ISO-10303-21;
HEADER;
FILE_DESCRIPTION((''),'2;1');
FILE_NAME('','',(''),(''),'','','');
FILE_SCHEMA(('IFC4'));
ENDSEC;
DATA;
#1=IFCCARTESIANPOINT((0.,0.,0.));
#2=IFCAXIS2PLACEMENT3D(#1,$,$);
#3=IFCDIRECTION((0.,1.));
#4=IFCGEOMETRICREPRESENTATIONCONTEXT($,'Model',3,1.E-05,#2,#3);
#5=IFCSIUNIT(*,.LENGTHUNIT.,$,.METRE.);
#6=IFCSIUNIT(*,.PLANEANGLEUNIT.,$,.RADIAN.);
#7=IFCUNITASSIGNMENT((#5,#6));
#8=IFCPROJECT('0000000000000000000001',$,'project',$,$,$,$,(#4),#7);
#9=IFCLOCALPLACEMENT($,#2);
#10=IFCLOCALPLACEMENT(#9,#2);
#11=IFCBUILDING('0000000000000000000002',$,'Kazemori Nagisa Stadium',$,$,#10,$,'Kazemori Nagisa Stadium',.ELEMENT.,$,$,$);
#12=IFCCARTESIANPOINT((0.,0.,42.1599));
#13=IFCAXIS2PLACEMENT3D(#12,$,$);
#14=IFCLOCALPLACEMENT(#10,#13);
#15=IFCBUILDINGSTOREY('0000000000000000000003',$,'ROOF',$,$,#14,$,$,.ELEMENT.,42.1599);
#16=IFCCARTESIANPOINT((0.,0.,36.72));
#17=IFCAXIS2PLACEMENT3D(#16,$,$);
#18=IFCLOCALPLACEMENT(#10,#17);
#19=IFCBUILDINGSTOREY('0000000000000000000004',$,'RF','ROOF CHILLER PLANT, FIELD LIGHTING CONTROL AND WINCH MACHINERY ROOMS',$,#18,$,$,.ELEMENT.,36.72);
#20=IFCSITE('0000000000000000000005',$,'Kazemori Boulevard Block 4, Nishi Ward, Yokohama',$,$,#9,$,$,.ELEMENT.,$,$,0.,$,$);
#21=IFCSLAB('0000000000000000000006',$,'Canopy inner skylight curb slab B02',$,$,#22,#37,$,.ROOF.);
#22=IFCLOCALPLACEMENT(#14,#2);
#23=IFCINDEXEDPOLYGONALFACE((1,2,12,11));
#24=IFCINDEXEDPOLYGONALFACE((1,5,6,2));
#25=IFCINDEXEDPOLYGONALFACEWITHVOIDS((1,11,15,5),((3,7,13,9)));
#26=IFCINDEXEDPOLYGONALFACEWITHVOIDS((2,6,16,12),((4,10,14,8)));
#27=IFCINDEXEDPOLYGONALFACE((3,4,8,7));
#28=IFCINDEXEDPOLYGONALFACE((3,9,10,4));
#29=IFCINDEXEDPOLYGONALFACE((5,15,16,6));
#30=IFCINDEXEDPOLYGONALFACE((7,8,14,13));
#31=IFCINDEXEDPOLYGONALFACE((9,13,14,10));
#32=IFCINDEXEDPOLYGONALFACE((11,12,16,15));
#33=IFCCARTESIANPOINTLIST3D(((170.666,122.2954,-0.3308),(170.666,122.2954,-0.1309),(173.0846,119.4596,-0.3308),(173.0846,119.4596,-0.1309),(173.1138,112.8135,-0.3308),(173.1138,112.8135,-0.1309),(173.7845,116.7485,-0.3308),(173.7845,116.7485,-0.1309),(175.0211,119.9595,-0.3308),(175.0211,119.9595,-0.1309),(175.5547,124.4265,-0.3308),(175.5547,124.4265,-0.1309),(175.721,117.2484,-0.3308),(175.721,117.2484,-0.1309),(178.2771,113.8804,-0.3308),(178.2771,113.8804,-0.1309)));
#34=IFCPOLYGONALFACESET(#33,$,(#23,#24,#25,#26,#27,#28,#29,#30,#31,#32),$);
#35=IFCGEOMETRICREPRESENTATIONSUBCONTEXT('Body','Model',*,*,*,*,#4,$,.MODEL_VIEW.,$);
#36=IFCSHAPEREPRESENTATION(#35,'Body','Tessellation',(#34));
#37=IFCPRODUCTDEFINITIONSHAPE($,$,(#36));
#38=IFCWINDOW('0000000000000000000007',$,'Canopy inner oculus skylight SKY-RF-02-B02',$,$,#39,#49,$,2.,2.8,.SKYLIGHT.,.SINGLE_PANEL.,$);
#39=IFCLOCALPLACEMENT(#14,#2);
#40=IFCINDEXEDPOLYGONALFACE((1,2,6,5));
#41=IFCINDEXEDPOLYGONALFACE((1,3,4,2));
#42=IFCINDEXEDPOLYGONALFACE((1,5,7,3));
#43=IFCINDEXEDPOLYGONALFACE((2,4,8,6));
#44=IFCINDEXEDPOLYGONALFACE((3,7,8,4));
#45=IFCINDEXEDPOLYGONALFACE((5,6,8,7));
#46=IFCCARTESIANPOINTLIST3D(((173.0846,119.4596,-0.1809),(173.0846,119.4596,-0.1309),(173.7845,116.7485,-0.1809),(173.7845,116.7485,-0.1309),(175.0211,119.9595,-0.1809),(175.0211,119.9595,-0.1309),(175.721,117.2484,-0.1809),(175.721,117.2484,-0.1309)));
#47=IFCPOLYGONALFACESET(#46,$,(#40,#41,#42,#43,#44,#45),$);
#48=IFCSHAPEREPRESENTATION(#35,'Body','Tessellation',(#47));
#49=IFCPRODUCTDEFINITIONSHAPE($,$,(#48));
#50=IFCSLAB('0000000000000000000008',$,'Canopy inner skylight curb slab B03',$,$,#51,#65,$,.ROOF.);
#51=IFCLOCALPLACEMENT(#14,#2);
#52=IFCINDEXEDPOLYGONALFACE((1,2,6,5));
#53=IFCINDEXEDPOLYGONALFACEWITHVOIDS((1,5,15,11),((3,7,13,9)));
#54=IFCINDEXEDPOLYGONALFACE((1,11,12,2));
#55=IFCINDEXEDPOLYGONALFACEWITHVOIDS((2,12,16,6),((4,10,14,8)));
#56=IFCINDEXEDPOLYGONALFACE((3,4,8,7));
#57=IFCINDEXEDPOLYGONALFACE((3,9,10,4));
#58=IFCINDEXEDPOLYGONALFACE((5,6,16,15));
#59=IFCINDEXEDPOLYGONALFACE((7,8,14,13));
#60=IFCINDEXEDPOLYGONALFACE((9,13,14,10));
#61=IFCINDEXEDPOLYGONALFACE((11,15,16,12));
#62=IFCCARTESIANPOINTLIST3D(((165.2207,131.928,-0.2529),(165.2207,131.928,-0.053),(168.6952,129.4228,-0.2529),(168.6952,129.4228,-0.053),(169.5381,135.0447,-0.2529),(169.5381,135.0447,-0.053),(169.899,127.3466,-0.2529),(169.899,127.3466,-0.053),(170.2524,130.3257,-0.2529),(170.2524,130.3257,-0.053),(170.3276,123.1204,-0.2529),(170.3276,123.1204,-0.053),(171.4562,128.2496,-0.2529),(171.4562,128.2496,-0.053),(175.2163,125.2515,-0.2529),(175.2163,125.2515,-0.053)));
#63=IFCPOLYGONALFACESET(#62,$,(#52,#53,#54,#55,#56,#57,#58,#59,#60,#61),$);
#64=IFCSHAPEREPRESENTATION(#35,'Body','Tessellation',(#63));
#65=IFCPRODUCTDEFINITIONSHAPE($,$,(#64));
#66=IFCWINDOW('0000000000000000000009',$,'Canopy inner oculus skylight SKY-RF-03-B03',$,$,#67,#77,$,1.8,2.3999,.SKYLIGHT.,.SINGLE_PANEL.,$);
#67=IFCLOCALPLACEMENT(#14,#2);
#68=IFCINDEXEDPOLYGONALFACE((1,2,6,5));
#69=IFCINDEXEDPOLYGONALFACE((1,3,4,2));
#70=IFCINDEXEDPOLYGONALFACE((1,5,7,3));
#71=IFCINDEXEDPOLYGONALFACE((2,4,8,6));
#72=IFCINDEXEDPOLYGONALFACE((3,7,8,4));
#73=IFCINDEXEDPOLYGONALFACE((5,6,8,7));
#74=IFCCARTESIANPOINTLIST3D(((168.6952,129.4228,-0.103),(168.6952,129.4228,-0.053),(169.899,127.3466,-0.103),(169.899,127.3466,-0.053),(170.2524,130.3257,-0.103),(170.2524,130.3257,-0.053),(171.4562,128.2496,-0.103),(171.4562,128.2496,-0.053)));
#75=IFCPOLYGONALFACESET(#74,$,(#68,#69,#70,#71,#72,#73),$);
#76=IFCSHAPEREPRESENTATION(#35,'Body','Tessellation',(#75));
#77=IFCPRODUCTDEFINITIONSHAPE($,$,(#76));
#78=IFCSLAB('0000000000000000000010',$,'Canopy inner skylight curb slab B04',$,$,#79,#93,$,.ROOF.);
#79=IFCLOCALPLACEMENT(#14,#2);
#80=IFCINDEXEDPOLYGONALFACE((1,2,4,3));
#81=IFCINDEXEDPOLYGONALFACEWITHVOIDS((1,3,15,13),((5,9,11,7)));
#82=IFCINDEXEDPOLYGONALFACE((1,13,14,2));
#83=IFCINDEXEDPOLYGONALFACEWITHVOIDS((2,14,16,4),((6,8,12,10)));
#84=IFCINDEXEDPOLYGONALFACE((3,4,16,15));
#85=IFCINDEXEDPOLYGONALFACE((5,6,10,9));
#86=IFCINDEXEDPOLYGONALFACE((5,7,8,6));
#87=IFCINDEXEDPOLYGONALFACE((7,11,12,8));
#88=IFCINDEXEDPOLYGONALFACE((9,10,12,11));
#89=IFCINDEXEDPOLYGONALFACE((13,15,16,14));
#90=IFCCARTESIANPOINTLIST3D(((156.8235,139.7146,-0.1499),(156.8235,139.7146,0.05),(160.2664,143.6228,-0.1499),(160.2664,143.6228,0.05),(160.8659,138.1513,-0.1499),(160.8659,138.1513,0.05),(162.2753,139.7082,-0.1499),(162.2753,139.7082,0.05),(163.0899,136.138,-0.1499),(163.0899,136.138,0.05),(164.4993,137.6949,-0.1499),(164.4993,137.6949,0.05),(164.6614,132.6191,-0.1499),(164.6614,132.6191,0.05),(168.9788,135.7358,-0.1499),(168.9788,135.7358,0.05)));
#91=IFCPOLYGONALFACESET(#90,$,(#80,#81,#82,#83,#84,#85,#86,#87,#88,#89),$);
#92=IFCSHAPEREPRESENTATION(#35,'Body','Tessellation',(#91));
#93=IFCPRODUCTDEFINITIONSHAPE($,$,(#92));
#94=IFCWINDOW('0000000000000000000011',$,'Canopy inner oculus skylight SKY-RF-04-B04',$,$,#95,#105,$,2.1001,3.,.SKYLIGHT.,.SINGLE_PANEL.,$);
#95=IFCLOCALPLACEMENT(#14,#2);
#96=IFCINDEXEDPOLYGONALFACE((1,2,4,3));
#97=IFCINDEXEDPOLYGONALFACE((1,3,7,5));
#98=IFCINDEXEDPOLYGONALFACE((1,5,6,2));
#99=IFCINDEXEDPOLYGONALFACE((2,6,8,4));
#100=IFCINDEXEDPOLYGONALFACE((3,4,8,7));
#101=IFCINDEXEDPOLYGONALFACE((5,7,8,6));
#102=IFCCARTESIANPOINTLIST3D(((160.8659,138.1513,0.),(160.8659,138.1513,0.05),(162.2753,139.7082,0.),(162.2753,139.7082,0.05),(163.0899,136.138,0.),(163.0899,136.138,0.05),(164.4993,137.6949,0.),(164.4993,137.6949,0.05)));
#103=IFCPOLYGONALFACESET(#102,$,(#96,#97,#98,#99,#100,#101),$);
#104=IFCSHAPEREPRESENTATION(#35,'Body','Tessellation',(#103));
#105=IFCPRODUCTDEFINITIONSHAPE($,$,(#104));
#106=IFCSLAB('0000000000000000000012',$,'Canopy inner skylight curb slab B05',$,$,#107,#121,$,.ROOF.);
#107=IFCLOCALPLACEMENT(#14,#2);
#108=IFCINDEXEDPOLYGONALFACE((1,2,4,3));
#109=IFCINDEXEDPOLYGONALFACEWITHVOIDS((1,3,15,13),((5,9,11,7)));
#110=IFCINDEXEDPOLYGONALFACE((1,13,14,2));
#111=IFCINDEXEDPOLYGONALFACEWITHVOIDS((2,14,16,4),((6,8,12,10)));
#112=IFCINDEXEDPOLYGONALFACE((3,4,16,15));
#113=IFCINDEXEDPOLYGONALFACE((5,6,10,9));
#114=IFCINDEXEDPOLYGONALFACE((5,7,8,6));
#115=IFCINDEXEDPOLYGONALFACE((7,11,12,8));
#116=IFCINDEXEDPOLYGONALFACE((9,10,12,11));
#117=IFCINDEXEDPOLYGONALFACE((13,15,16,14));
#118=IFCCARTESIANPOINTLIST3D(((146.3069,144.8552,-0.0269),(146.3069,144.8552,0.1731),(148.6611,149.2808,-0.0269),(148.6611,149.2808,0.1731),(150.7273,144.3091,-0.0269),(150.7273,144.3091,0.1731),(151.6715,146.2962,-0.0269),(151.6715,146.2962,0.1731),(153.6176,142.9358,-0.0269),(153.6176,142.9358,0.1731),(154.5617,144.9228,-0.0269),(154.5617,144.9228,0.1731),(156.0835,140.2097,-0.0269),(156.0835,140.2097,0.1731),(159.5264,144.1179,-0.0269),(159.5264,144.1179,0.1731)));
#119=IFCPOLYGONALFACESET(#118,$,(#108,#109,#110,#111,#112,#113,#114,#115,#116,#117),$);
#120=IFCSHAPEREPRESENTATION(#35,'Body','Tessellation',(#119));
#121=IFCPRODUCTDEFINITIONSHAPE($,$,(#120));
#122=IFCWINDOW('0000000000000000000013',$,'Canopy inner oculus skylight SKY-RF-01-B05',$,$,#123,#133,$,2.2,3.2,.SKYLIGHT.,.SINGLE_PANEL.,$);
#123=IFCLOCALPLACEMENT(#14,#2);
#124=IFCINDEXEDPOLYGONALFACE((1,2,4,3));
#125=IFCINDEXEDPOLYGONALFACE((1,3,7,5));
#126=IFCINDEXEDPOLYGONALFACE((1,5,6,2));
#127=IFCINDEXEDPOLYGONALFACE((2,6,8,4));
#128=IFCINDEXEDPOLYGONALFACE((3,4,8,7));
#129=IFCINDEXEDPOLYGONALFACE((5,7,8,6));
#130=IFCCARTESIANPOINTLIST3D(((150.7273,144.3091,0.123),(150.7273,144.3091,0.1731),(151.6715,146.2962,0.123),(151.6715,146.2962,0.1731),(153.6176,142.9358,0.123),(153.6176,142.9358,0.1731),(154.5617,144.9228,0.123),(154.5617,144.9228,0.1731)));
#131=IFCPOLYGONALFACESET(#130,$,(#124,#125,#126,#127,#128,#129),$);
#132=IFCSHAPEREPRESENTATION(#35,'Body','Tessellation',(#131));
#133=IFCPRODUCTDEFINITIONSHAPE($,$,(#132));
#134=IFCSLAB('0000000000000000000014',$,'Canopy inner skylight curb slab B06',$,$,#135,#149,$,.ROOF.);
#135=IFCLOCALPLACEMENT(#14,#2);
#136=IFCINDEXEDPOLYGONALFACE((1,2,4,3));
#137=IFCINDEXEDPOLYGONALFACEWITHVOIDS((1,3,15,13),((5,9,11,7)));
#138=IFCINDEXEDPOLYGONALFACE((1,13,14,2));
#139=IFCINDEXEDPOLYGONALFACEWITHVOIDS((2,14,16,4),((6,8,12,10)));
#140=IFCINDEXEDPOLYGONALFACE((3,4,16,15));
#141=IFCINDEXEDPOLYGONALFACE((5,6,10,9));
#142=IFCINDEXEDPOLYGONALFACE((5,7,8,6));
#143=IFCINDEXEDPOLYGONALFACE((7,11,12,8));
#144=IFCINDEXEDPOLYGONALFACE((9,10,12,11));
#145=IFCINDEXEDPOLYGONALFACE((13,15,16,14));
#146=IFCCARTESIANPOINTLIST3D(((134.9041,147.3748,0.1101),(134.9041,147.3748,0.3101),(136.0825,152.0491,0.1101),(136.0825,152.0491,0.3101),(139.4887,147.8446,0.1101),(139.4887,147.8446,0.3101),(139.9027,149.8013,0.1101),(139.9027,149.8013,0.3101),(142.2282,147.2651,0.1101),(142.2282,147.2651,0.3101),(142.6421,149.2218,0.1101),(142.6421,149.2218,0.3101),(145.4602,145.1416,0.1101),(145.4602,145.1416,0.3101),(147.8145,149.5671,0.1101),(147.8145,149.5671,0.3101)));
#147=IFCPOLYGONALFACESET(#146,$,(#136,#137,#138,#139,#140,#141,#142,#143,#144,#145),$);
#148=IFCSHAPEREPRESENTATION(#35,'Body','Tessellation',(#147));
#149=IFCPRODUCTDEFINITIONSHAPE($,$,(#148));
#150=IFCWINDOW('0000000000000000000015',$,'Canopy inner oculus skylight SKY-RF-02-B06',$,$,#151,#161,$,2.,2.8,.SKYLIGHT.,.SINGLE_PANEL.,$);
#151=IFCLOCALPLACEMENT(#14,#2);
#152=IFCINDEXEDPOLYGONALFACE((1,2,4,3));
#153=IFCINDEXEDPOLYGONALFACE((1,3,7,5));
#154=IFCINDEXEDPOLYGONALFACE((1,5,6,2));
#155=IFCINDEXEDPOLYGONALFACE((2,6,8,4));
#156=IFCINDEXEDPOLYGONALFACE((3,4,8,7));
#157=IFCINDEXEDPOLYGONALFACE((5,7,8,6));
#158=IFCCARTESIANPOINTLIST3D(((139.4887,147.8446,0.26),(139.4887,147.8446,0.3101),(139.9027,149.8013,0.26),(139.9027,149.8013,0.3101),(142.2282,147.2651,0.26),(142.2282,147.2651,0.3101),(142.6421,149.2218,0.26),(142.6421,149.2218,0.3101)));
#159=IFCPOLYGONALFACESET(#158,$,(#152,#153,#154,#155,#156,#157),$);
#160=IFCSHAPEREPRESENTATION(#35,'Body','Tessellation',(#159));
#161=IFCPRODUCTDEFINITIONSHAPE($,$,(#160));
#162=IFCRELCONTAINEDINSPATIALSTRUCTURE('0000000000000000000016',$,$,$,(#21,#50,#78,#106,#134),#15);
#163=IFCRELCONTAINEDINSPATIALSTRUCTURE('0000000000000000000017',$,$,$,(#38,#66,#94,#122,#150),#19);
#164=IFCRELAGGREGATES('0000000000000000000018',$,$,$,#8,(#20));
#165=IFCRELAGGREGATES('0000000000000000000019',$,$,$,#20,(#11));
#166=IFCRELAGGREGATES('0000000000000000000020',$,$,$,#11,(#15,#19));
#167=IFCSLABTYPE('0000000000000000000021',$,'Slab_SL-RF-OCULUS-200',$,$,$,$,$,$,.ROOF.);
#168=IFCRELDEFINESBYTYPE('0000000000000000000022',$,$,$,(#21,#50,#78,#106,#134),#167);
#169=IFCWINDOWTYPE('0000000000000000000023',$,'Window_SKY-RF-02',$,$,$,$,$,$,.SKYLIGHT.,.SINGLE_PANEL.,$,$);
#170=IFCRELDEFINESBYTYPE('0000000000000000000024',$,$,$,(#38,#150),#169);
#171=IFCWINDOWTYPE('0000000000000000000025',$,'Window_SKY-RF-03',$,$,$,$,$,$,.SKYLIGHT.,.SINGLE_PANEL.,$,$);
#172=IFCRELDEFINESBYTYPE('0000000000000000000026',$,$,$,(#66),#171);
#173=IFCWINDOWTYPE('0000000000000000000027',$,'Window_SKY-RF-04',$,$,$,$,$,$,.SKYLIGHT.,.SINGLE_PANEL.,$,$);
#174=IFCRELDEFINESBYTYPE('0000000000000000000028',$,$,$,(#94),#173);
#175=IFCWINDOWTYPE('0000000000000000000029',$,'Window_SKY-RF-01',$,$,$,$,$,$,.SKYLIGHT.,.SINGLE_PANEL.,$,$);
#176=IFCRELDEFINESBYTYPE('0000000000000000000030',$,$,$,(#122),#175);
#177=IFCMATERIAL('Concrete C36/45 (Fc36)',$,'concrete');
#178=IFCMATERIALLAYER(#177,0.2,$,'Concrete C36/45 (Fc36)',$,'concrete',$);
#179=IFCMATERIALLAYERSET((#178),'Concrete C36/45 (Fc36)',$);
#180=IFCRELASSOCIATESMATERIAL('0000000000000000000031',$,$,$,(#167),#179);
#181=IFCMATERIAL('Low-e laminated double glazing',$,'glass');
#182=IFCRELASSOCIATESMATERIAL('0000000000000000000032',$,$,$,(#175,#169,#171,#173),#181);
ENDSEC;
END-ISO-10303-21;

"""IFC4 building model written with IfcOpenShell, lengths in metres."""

from ifc_helpers import new_model, si_unit, direction, frame, origin, origin_2d, place, context, subcontext, project, spatial, polyline, rectangle, outline, extrude, material, layer, layer_set, type_object, element, fill, save


model = new_model("IFC4")

# Units and contexts
model_context = context("Model", 3, precision=1e-05, world=origin(), true_north=direction((0.0, 1.0)))
body_context = subcontext(model_context, "Body", "Model", "MODEL_VIEW")
ifc_project = project(units=[si_unit("LENGTHUNIT", "METRE"), si_unit("PLANEANGLEUNIT", "RADIAN")], contexts=[model_context])

# Site, building, storey
site_placement = place(None, origin())
site = spatial("IfcSite", under=ifc_project, at=site_placement, Name="Kazemori Boulevard Block 4, Nishi Ward, Yokohama", CompositionType="ELEMENT", RefElevation=0.0)
building_placement = place(site_placement, origin())
building = spatial("IfcBuilding", under=site, at=building_placement, Name="Kazemori Nagisa Stadium", LongName="Kazemori Nagisa Stadium", CompositionType="ELEMENT")
storey_1_placement = place(building_placement, frame((0.0, 0.0, 42.1599)))
storey_1 = spatial("IfcBuildingStorey", under=building, at=storey_1_placement, Name="ROOF", CompositionType="ELEMENT", Elevation=42.1599)

# Shared definitions
ifc_material_1 = material(Name="Concrete C36/45 (Fc36)", Category="concrete")

# Shared definitions
ifc_layer_1 = layer(ifc_material_1, 0.2, Name="Concrete C36/45 (Fc36)", Category="concrete")
ifc_layer_set_1 = layer_set([ifc_layer_1], Name="Concrete C36/45 (Fc36)")
slab_type_1 = type_object("IfcSlabType", Name="Slab_SL-RF-OCULUS-200", PredefinedType="ROOF", material=ifc_layer_set_1)

# Shared definitions
storey_2_placement = place(building_placement, frame((0.0, 0.0, 36.72)))
storey_2 = spatial("IfcBuildingStorey", under=building, at=storey_2_placement, Name="RF", Description="ROOF CHILLER PLANT, FIELD LIGHTING CONTROL AND WINCH MACHINERY ROOMS", CompositionType="ELEMENT", Elevation=36.72)

# Shared definitions
ifc_material_2 = material(Name="Low-e laminated double glazing", Category="glass")
window_type_1 = type_object("IfcWindowType", Name="Window_SKY-RF-01", PartitioningType="SINGLE_PANEL", PredefinedType="SKYLIGHT", material=ifc_material_2)

# Slabs, openings, windows
slab_1_placement = place(storey_1_placement, frame((0.0, 0.0, -0.3308)))
slab_1 = element("IfcSlab", 1, at=slab_1_placement, inside=storey_1, type_object=slab_type_1, Name="Canopy inner skylight curb slab B02", PredefinedType="ROOF", context=body_context, shape_type="SweptSolid", body=[
    extrude(outline(polyline([(173.1138, 112.8135), (170.666, 122.2954), (175.5547, 124.4265), (178.2771, 113.8804), (173.1138, 112.8135)])), origin(), (0.0, 0.0, 1.0), 0.2),
])
opening_1_placement = place(slab_1_placement, frame((174.4028, 118.354, 0.0), z_axis=(0.0, 0.0, 1.0), x_axis=(-0.249965, 0.968255, 0.0)))
opening_1 = element("IfcOpeningElement", 2, at=opening_1_placement, cuts=slab_1, PredefinedType="OPENING", context=body_context, shape_type="SweptSolid", body=[
    extrude(rectangle(XDim=2.8, YDim=2.0, at=origin_2d()), frame((0.0, 0.0, -0.01)), (0.0, 0.0, 1.0), 0.22),
])
window_type_2 = type_object("IfcWindowType", Name="Window_SKY-RF-02", PartitioningType="SINGLE_PANEL", PredefinedType="SKYLIGHT", material=ifc_material_2)
window_1_placement = place(opening_1_placement, frame((0.0, 0.0, 0.1499)))
window_1 = element("IfcWindow", 3, at=window_1_placement, inside=storey_2, type_object=window_type_2, Name="Canopy inner oculus skylight SKY-RF-02-B02", OverallHeight=2.0, OverallWidth=2.8, PartitioningType="SINGLE_PANEL", PredefinedType="SKYLIGHT", context=body_context, shape_type="SweptSolid", body=[
    extrude(rectangle(XDim=2.8, YDim=2.0, at=origin_2d()), origin(), (0.0, 0.0, 1.0), 0.05),
])
fill(opening_1, window_1)
slab_2_placement = place(storey_1_placement, frame((0.0, 0.0, -0.2529)))
slab_2 = element("IfcSlab", 4, at=slab_2_placement, inside=storey_1, type_object=slab_type_1, Name="Canopy inner skylight curb slab B03", PredefinedType="ROOF", context=body_context, shape_type="SweptSolid", body=[
    extrude(outline(polyline([(170.3276, 123.1204), (165.2207, 131.928), (169.5381, 135.0447), (175.2163, 125.2515), (170.3276, 123.1204)])), origin(), (0.0, 0.0, 1.0), 0.2),
])
opening_2_placement = place(slab_2_placement, frame((170.0757, 128.8362, 0.0), z_axis=(0.0, 0.0, 1.0), x_axis=(-0.501612, 0.865093, 0.0)))
opening_2 = element("IfcOpeningElement", 5, at=opening_2_placement, cuts=slab_2, PredefinedType="OPENING", context=body_context, shape_type="SweptSolid", body=[
    extrude(rectangle(XDim=2.3999, YDim=1.8, at=origin_2d()), frame((0.0, 0.0, -0.01)), (0.0, 0.0, 1.0), 0.22),
])
window_type_3 = type_object("IfcWindowType", Name="Window_SKY-RF-03", PartitioningType="SINGLE_PANEL", PredefinedType="SKYLIGHT", material=ifc_material_2)
window_2_placement = place(opening_2_placement, frame((0.0, 0.0, 0.1499)))
window_2 = element("IfcWindow", 6, at=window_2_placement, inside=storey_2, type_object=window_type_3, Name="Canopy inner oculus skylight SKY-RF-03-B03", OverallHeight=1.8, OverallWidth=2.3999, PartitioningType="SINGLE_PANEL", PredefinedType="SKYLIGHT", context=body_context, shape_type="SweptSolid", body=[
    extrude(rectangle(XDim=2.3999, YDim=1.8, at=origin_2d()), origin(), (0.0, 0.0, 1.0), 0.05),
])
fill(opening_2, window_2)
slab_3_placement = place(storey_1_placement, frame((0.0, 0.0, -0.1499)))
slab_3 = element("IfcSlab", 7, at=slab_3_placement, inside=storey_1, type_object=slab_type_1, Name="Canopy inner skylight curb slab B04", PredefinedType="ROOF", context=body_context, shape_type="SweptSolid", body=[
    extrude(outline(polyline([(164.6614, 132.6191), (156.8235, 139.7146), (160.2664, 143.6228), (168.9788, 135.7358), (164.6614, 132.6191)])), origin(), (0.0, 0.0, 1.0), 0.2),
])
opening_3_placement = place(slab_3_placement, frame((162.6826, 137.9231, 0.0), z_axis=(0.0, 0.0, 1.0), x_axis=(-0.741351, 0.671118, 0.0)))
opening_3 = element("IfcOpeningElement", 8, at=opening_3_placement, cuts=slab_3, PredefinedType="OPENING", context=body_context, shape_type="SweptSolid", body=[
    extrude(rectangle(XDim=3.0, YDim=2.1001, at=origin_2d()), frame((0.0, 0.0, -0.01)), (0.0, 0.0, 1.0), 0.22),
])
window_type_4 = type_object("IfcWindowType", Name="Window_SKY-RF-04", PartitioningType="SINGLE_PANEL", PredefinedType="SKYLIGHT", material=ifc_material_2)
window_3_placement = place(opening_3_placement, frame((0.0, 0.0, 0.1499)))
window_3 = element("IfcWindow", 9, at=window_3_placement, inside=storey_2, type_object=window_type_4, Name="Canopy inner oculus skylight SKY-RF-04-B04", OverallHeight=2.1001, OverallWidth=3.0, PartitioningType="SINGLE_PANEL", PredefinedType="SKYLIGHT", context=body_context, shape_type="SweptSolid", body=[
    extrude(rectangle(XDim=3.0, YDim=2.1001, at=origin_2d()), origin(), (0.0, 0.0, 1.0), 0.05),
])
fill(opening_3, window_3)
slab_4_placement = place(storey_1_placement, frame((0.0, 0.0, -0.0269)))
slab_4 = element("IfcSlab", 10, at=slab_4_placement, inside=storey_1, type_object=slab_type_1, Name="Canopy inner skylight curb slab B05", PredefinedType="ROOF", context=body_context, shape_type="SweptSolid", body=[
    extrude(outline(polyline([(156.0835, 140.2097), (146.3069, 144.8552), (148.6611, 149.2808), (159.5264, 144.1179), (156.0835, 140.2097)])), origin(), (0.0, 0.0, 1.0), 0.2),
])
opening_4_placement = place(slab_4_placement, frame((152.6445, 144.616, 0.0), z_axis=(0.0, 0.0, 1.0), x_axis=(-0.903216, 0.429186, 0.0)))
opening_4 = element("IfcOpeningElement", 11, at=opening_4_placement, cuts=slab_4, PredefinedType="OPENING", context=body_context, shape_type="SweptSolid", body=[
    extrude(rectangle(XDim=3.2, YDim=2.2, at=origin_2d()), frame((0.0, 0.0, -0.01)), (0.0, 0.0, 1.0), 0.22),
])
window_4_placement = place(opening_4_placement, frame((0.0, 0.0, 0.1499)))
window_4 = element("IfcWindow", 12, at=window_4_placement, inside=storey_2, type_object=window_type_1, Name="Canopy inner oculus skylight SKY-RF-01-B05", OverallHeight=2.2, OverallWidth=3.2, PartitioningType="SINGLE_PANEL", PredefinedType="SKYLIGHT", context=body_context, shape_type="SweptSolid", body=[
    extrude(rectangle(XDim=3.2, YDim=2.2, at=origin_2d()), origin(), (0.0, 0.0, 1.0), 0.05),
])
fill(opening_4, window_4)
slab_5_placement = place(storey_1_placement, frame((0.0, 0.0, 0.1101)))
slab_5 = element("IfcSlab", 13, at=slab_5_placement, inside=storey_1, type_object=slab_type_1, Name="Canopy inner skylight curb slab B06", PredefinedType="ROOF", context=body_context, shape_type="SweptSolid", body=[
    extrude(outline(polyline([(145.4602, 145.1416), (134.9041, 147.3748), (136.0825, 152.0491), (147.8145, 149.5671), (145.4602, 145.1416)])), origin(), (0.0, 0.0, 1.0), 0.2),
])
opening_5_placement = place(slab_5_placement, frame((141.0654, 148.5332, 0.0), z_axis=(0.0, 0.0, 1.0), x_axis=(-0.978345, 0.206981, 0.0)))
opening_5 = element("IfcOpeningElement", 14, at=opening_5_placement, cuts=slab_5, PredefinedType="OPENING", context=body_context, shape_type="SweptSolid", body=[
    extrude(rectangle(XDim=2.8, YDim=2.0, at=origin_2d()), frame((0.0, 0.0, -0.01)), (0.0, 0.0, 1.0), 0.22),
])
window_5_placement = place(opening_5_placement, frame((0.0, 0.0, 0.1499)))
window_5 = element("IfcWindow", 15, at=window_5_placement, inside=storey_2, type_object=window_type_2, Name="Canopy inner oculus skylight SKY-RF-02-B06", OverallHeight=2.0, OverallWidth=2.8, PartitioningType="SINGLE_PANEL", PredefinedType="SKYLIGHT", context=body_context, shape_type="SweptSolid", body=[
    extrude(rectangle(XDim=2.8, YDim=2.0, at=origin_2d()), origin(), (0.0, 0.0, 1.0), 0.05),
])
fill(opening_5, window_5)

save(model, "model.ifc")
